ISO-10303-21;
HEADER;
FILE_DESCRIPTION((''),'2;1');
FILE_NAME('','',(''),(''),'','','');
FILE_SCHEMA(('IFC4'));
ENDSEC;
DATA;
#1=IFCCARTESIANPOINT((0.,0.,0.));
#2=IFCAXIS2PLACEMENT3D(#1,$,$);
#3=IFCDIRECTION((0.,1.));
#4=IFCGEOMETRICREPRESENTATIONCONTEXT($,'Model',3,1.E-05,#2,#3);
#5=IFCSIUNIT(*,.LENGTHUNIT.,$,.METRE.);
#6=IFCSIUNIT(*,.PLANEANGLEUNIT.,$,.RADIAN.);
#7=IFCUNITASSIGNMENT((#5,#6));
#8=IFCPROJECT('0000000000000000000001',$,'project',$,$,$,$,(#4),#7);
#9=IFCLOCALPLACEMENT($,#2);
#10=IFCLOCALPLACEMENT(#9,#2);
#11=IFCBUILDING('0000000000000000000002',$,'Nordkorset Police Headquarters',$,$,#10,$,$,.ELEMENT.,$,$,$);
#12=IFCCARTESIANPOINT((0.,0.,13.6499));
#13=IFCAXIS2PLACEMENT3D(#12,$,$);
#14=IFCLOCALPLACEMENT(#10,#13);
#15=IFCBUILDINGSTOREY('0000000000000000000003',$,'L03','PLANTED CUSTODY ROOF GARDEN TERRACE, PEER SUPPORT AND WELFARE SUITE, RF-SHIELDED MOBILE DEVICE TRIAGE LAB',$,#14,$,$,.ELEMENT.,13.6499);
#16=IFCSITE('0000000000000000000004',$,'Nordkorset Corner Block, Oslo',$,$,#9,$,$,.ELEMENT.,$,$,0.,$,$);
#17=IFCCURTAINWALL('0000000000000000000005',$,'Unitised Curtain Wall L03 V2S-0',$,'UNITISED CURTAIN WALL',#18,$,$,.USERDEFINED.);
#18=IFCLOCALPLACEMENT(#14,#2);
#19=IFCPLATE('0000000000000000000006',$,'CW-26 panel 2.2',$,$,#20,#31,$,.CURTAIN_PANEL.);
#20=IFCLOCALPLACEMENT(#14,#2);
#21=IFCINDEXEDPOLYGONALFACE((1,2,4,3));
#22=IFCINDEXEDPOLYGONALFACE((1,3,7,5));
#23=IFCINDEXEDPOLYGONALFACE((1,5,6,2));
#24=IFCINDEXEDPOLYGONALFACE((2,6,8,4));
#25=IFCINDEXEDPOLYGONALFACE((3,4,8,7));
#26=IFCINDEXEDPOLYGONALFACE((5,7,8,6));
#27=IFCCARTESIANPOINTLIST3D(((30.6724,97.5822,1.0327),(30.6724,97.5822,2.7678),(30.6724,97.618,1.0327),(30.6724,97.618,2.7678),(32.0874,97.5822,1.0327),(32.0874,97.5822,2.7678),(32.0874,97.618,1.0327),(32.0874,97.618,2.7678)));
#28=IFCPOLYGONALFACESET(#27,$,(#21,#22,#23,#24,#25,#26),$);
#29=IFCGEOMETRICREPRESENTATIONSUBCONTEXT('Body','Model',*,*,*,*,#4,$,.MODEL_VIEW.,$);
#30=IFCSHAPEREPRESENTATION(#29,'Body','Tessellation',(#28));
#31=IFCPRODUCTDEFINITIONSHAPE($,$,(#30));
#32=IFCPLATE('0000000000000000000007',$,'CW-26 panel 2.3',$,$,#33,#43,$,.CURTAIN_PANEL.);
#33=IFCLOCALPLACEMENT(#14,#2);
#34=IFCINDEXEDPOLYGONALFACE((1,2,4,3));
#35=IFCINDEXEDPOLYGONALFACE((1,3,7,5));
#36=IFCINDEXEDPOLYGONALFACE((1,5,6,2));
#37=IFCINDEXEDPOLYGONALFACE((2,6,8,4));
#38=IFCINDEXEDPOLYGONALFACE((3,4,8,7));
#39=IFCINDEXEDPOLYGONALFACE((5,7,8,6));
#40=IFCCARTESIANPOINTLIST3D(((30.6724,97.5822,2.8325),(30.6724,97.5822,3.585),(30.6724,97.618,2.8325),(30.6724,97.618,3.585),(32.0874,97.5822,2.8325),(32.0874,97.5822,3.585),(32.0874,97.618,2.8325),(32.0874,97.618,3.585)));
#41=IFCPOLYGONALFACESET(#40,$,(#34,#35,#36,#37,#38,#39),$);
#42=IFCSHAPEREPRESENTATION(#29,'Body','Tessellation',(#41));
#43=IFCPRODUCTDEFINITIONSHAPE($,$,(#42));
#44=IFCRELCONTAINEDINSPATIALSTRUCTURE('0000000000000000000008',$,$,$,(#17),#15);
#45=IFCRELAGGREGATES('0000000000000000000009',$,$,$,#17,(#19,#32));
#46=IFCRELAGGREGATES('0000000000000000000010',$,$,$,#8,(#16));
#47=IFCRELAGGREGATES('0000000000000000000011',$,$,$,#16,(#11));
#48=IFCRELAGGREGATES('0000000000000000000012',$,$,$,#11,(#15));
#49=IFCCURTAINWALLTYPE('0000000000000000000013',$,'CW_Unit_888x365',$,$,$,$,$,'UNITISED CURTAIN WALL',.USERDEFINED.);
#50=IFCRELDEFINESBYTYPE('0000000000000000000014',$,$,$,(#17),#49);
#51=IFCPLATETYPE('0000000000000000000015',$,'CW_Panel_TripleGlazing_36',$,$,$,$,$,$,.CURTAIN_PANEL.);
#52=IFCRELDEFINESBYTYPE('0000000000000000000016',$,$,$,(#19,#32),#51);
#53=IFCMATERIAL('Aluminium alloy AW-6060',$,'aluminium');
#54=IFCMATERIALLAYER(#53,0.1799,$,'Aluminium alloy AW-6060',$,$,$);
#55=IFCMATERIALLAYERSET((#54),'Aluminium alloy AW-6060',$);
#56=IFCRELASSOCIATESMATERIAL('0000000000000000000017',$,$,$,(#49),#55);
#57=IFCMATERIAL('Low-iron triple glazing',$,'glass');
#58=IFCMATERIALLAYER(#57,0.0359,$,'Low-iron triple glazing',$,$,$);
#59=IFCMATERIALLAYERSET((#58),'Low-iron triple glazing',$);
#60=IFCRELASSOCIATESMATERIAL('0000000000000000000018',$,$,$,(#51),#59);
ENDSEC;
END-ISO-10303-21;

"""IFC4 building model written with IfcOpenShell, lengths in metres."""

from ifc_helpers import new_model, si_unit, direction, frame, origin, origin_2d, place, context, subcontext, project, spatial, rectangle, extrude, material, layer, layer_set, type_object, element, aggregate, save


model = new_model("IFC4")

# Units and contexts
model_context = context("Model", 3, precision=1e-05, world=origin(), true_north=direction((0.0, 1.0)))
body_context = subcontext(model_context, "Body", "Model", "MODEL_VIEW")
ifc_project = project(units=[si_unit("LENGTHUNIT", "METRE"), si_unit("PLANEANGLEUNIT", "RADIAN")], contexts=[model_context])

# Site, building, storey
site_placement = place(None, origin())
site = spatial("IfcSite", under=ifc_project, at=site_placement, Name="Nordkorset Corner Block, Oslo", CompositionType="ELEMENT", RefElevation=0.0)
building_placement = place(site_placement, origin())
building = spatial("IfcBuilding", under=site, at=building_placement, Name="Nordkorset Police Headquarters", CompositionType="ELEMENT")
storey_placement = place(building_placement, frame((0.0, 0.0, 13.6499)))
storey = spatial("IfcBuildingStorey", under=building, at=storey_placement, Name="L03", Description="PLANTED CUSTODY ROOF GARDEN TERRACE, PEER SUPPORT AND WELFARE SUITE, RF-SHIELDED MOBILE DEVICE TRIAGE LAB", CompositionType="ELEMENT", Elevation=13.6499)

# Curtain wall
ifc_material_1 = material(Name="Aluminium alloy AW-6060", Category="aluminium")
ifc_layer_1 = layer(ifc_material_1, 0.1799, Name="Aluminium alloy AW-6060")
ifc_layer_set_1 = layer_set([ifc_layer_1], Name="Aluminium alloy AW-6060")
curtain_wall_type_1 = type_object("IfcCurtainWallType", Name="CW_Unit_888x365", ElementType="UNITISED CURTAIN WALL", PredefinedType="USERDEFINED", material=ifc_layer_set_1)
curtain_wall_1_placement = place(storey_placement, origin())
curtain_wall_1 = element("IfcCurtainWall", 1, at=curtain_wall_1_placement, inside=storey, type_object=curtain_wall_type_1, Name="Unitised Curtain Wall L03 V2S-0", ObjectType="UNITISED CURTAIN WALL", PredefinedType="USERDEFINED")

# Plates
ifc_material_2 = material(Name="Low-iron triple glazing", Category="glass")
ifc_layer_2 = layer(ifc_material_2, 0.0359, Name="Low-iron triple glazing")
ifc_layer_set_2 = layer_set([ifc_layer_2], Name="Low-iron triple glazing")
plate_type = type_object("IfcPlateType", Name="CW_Panel_TripleGlazing_36", PredefinedType="CURTAIN_PANEL", material=ifc_layer_set_2)
plate_1_placement = place(storey_placement, frame((31.3799, 97.6001, 1.0327), z_axis=(0.0, 0.0, 1.0), x_axis=(1.0, 0.0, 0.0)))
plate_1 = element("IfcPlate", 2, at=plate_1_placement, type_object=plate_type, Name="CW-26 panel 2.2", PredefinedType="CURTAIN_PANEL", context=body_context, shape_type="SweptSolid", body=[
    extrude(rectangle(XDim=1.415, YDim=0.0359, at=origin_2d()), origin(), (0.0, 0.0, 1.0), 1.7351),
])
plate_2_placement = place(storey_placement, frame((31.3799, 97.6001, 2.8325), z_axis=(0.0, 0.0, 1.0), x_axis=(1.0, 0.0, 0.0)))
plate_2 = element("IfcPlate", 3, at=plate_2_placement, type_object=plate_type, Name="CW-26 panel 2.3", PredefinedType="CURTAIN_PANEL", context=body_context, shape_type="SweptSolid", body=[
    extrude(rectangle(XDim=1.415, YDim=0.0359, at=origin_2d()), origin(), (0.0, 0.0, 1.0), 0.7524),
])
aggregate(curtain_wall_1, [plate_1, plate_2])

save(model, "model.ifc")
